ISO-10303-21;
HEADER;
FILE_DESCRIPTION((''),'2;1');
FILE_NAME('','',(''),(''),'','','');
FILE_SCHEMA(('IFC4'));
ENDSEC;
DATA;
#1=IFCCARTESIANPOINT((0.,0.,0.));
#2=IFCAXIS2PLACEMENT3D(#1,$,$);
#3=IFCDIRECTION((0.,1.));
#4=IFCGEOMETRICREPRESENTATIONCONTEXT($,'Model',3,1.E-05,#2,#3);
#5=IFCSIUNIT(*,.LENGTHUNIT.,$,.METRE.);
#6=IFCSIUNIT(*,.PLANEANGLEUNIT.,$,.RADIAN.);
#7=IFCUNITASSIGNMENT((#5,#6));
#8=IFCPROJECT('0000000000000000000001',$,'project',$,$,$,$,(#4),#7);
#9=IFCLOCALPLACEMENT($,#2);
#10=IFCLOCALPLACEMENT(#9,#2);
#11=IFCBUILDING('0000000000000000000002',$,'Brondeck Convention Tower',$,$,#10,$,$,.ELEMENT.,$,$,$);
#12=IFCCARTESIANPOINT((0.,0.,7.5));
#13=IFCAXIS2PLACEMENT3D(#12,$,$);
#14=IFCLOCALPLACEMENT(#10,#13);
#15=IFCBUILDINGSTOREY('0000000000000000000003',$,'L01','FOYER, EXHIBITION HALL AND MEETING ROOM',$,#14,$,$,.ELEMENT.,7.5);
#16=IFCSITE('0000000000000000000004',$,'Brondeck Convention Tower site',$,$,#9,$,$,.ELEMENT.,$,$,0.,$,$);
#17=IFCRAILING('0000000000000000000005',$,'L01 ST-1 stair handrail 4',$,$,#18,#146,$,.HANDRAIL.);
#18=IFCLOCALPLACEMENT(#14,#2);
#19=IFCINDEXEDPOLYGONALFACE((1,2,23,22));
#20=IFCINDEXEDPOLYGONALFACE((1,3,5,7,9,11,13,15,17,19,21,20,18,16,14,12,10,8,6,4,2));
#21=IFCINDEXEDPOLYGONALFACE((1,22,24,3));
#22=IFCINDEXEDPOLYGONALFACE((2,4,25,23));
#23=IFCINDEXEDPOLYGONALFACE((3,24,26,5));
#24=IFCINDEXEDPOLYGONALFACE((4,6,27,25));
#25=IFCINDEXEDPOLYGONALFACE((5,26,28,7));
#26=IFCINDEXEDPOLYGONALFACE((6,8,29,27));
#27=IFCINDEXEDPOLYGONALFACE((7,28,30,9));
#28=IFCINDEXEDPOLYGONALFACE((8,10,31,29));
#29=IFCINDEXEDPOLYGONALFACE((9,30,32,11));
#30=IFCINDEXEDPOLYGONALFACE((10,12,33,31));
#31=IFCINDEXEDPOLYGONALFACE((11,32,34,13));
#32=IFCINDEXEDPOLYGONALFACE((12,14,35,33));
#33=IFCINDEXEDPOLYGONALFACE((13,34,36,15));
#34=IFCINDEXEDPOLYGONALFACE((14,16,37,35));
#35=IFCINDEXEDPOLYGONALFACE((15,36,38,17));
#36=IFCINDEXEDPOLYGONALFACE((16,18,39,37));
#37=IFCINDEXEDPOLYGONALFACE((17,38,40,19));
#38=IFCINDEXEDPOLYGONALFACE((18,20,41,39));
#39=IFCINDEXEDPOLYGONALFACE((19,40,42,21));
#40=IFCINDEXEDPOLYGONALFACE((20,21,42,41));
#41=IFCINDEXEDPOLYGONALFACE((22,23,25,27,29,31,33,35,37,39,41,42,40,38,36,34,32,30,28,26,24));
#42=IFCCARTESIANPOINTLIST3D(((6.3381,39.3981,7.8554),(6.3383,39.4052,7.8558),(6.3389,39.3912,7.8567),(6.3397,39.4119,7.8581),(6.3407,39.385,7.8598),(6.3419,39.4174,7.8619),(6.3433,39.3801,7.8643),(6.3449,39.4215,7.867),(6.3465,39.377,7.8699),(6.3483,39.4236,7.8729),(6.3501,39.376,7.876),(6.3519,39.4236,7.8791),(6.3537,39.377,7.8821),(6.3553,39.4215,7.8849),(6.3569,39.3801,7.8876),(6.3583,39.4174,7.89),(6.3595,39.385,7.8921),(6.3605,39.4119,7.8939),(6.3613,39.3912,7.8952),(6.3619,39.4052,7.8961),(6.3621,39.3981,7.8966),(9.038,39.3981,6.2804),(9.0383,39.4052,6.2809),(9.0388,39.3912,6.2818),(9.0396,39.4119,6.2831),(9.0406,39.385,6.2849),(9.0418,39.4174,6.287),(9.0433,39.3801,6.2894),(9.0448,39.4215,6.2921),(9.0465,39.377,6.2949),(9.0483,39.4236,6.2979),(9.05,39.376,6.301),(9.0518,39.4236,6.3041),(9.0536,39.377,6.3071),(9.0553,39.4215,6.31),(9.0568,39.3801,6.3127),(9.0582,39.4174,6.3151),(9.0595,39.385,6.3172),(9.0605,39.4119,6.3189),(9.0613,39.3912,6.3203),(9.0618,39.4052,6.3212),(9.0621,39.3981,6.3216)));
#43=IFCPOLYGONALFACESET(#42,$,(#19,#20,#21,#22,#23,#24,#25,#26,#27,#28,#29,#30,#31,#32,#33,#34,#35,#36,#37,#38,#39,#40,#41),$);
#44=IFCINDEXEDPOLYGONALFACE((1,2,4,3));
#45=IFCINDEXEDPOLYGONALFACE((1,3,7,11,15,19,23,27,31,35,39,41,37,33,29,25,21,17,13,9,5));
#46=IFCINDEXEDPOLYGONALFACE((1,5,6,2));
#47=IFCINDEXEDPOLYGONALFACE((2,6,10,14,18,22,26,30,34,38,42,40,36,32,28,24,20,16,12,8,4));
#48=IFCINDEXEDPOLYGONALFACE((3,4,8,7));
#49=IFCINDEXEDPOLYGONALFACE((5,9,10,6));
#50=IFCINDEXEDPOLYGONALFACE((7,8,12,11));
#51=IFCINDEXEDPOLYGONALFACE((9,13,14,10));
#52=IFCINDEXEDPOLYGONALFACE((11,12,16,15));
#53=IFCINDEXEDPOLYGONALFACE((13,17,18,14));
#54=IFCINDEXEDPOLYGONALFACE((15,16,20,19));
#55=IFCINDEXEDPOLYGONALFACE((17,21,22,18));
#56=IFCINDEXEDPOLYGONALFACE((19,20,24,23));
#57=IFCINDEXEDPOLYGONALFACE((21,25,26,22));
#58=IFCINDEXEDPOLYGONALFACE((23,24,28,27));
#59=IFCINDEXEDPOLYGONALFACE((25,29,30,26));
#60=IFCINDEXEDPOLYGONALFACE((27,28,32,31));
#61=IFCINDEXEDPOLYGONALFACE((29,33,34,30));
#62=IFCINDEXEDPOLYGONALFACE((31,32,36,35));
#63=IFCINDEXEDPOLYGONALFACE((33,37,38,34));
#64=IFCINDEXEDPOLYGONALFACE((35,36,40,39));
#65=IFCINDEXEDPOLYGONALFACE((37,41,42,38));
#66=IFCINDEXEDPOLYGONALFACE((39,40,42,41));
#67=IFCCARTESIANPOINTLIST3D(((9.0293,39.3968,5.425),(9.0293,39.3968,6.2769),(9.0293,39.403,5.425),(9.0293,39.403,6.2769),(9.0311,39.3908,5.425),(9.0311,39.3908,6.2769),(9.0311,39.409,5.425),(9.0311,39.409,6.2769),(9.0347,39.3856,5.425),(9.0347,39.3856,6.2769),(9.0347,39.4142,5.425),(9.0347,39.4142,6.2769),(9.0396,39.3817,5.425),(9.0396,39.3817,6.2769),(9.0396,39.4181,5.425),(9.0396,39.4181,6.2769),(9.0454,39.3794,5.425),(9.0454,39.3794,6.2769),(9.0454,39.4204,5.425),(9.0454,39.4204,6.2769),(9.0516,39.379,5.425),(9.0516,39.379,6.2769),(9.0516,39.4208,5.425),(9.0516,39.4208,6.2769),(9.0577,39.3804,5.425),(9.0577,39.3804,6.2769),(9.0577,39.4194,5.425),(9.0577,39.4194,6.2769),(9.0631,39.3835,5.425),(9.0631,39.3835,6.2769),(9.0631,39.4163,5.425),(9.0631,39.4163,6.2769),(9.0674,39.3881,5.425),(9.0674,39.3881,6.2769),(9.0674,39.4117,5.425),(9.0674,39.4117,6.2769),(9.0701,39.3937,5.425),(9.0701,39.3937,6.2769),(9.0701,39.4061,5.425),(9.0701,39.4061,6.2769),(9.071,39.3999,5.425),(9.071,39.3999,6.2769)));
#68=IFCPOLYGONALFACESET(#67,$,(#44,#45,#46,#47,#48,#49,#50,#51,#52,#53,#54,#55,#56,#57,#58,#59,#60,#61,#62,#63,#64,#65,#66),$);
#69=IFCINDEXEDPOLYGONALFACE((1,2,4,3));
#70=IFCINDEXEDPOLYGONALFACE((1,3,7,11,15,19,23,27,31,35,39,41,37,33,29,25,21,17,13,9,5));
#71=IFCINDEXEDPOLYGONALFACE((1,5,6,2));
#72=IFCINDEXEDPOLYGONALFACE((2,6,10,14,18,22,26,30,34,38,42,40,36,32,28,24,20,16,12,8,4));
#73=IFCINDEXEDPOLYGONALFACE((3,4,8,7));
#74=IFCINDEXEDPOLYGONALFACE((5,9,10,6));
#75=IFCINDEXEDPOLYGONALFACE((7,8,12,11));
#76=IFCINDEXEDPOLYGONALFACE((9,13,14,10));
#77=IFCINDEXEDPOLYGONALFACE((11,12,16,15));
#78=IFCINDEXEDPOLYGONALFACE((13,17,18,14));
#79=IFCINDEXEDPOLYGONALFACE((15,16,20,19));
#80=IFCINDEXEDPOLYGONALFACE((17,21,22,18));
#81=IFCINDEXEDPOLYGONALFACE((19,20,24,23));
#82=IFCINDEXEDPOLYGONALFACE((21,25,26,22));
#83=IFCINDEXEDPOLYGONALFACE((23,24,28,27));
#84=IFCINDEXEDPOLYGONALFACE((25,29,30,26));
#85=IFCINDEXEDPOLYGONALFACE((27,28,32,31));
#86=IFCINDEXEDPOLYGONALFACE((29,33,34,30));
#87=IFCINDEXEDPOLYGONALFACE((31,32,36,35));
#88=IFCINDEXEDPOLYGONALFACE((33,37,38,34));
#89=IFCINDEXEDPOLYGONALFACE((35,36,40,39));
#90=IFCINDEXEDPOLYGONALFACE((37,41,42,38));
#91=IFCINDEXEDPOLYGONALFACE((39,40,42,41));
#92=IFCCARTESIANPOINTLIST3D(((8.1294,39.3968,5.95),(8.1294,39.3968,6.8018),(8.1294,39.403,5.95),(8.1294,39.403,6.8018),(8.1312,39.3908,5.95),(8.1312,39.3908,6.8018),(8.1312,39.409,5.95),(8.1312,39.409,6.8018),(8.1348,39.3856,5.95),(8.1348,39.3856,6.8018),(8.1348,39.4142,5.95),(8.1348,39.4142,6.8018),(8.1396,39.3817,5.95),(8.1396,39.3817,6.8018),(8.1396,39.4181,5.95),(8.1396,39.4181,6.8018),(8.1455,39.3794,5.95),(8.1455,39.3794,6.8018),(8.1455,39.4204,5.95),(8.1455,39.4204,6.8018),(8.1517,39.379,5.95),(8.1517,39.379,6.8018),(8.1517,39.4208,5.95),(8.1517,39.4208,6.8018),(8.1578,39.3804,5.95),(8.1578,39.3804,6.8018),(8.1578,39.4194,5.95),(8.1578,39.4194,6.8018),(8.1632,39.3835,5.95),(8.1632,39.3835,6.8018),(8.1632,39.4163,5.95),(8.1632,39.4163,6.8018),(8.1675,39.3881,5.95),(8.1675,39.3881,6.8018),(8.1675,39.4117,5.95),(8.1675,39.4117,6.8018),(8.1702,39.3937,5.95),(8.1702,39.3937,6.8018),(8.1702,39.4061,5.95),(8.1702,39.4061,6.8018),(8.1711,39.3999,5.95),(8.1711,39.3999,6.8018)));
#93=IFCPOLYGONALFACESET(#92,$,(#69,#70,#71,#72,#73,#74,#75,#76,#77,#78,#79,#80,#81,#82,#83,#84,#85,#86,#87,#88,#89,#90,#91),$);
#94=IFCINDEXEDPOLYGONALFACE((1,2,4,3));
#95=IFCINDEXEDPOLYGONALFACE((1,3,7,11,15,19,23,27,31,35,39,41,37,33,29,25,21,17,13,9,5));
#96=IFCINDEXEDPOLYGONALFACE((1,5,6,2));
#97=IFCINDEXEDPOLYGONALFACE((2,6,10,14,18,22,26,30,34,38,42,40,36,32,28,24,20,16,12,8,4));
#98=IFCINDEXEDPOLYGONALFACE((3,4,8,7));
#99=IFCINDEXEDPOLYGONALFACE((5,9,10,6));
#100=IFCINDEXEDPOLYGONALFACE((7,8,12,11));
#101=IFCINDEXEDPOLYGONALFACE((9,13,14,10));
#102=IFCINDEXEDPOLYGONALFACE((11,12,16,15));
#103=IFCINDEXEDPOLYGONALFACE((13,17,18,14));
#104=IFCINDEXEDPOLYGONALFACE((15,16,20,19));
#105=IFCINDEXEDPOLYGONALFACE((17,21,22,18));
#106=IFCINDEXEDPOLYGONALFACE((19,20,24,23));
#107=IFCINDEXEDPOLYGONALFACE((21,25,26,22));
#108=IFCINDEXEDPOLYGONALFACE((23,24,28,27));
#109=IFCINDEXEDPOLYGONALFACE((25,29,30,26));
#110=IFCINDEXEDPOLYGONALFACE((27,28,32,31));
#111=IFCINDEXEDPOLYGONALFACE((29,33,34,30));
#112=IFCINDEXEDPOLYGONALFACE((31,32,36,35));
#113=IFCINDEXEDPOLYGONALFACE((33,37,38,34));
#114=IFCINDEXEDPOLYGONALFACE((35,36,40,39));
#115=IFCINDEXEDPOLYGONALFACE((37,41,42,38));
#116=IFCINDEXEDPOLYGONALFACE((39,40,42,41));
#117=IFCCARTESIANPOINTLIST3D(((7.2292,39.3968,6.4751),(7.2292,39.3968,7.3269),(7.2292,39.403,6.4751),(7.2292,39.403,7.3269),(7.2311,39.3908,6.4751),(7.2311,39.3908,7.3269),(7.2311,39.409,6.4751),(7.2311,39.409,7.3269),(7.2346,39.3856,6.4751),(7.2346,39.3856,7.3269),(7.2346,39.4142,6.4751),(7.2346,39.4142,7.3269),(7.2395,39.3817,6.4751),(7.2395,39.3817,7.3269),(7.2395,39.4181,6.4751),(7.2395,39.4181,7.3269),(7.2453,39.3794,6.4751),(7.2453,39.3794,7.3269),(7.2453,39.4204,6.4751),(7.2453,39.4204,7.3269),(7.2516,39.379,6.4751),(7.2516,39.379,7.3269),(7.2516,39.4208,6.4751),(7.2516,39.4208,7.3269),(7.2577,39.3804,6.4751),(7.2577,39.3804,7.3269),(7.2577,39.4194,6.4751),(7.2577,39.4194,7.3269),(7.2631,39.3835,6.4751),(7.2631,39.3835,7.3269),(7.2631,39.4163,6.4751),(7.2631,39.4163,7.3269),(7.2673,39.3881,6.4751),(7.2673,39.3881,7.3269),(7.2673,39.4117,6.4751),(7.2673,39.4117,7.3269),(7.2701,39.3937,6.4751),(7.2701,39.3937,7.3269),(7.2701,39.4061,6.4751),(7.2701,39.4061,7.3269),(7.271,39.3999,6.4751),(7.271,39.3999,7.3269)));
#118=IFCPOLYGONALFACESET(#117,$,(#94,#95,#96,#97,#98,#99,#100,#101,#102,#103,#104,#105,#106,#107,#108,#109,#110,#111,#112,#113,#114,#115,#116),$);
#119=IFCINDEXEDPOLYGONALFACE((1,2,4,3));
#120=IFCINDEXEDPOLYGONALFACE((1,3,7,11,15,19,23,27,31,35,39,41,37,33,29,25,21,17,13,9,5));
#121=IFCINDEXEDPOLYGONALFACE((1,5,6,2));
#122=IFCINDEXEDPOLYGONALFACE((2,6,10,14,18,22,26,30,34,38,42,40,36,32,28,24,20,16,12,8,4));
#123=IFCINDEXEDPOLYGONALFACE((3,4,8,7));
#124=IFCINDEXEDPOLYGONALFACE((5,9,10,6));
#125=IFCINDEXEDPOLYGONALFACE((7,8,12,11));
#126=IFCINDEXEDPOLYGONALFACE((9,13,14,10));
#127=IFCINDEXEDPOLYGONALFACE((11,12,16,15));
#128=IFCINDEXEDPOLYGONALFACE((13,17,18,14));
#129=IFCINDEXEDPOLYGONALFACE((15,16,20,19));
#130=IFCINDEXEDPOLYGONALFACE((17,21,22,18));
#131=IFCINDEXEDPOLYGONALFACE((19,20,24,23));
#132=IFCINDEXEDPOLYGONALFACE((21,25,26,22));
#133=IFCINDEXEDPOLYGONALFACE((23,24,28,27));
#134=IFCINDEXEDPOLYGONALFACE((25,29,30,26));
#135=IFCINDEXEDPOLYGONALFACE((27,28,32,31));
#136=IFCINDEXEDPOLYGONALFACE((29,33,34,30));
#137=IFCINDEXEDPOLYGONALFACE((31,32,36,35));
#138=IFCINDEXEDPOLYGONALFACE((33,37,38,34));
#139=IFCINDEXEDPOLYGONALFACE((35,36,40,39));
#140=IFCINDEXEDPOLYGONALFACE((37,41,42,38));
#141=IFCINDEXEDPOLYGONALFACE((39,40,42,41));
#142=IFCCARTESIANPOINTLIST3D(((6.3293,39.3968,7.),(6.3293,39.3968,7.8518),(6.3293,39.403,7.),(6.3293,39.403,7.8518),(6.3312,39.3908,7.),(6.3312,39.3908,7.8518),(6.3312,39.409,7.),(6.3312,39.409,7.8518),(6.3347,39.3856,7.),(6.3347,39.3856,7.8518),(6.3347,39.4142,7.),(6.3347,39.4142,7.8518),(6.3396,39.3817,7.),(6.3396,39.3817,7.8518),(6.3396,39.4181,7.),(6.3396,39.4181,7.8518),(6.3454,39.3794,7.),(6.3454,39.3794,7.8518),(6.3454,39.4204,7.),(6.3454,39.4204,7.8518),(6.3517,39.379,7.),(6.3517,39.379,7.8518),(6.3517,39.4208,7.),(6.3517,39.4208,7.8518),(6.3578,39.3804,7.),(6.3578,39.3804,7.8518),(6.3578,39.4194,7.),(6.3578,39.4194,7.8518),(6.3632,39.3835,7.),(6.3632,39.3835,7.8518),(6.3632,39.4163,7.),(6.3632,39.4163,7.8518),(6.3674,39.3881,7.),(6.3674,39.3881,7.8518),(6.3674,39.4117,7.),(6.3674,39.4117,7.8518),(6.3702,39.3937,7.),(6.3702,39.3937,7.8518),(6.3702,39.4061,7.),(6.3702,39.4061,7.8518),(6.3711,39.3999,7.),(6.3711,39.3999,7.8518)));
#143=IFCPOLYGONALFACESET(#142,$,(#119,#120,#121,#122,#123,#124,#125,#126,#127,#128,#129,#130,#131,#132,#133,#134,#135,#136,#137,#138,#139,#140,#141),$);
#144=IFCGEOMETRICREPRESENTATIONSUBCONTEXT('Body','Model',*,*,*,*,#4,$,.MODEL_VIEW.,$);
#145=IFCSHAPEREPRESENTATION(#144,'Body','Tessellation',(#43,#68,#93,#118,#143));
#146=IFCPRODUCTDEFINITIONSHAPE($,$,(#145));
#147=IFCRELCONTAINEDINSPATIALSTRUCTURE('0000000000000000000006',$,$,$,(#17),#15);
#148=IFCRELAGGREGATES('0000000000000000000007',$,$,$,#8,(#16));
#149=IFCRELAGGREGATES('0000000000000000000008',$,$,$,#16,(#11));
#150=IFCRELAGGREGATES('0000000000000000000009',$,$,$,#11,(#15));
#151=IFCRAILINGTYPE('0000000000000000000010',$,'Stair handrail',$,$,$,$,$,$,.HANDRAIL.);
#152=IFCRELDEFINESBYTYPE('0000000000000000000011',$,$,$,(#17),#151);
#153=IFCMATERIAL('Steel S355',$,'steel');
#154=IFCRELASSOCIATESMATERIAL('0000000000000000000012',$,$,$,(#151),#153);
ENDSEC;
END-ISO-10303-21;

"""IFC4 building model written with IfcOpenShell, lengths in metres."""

from ifc_helpers import new_model, si_unit, direction, frame, origin, origin_2d, place, context, subcontext, project, spatial, circle, extrude, material, type_object, element, save


model = new_model("IFC4")

# Units and contexts
model_context = context("Model", 3, precision=1e-05, world=origin(), true_north=direction((0.0, 1.0)))
body_context = subcontext(model_context, "Body", "Model", "MODEL_VIEW")
ifc_project = project(units=[si_unit("LENGTHUNIT", "METRE"), si_unit("PLANEANGLEUNIT", "RADIAN")], contexts=[model_context])

# Site, building, storey
site_placement = place(None, origin())
site = spatial("IfcSite", under=ifc_project, at=site_placement, Name="Brondeck Convention Tower site", CompositionType="ELEMENT", RefElevation=0.0)
building_placement = place(site_placement, origin())
building = spatial("IfcBuilding", under=site, at=building_placement, Name="Brondeck Convention Tower", CompositionType="ELEMENT")
storey_placement = place(building_placement, frame((0.0, 0.0, 7.5)))
storey = spatial("IfcBuildingStorey", under=building, at=storey_placement, Name="L01", Description="FOYER, EXHIBITION HALL AND MEETING ROOM", CompositionType="ELEMENT", Elevation=7.5)

# Railing
ifc_material_1 = material(Name="Steel S355", Category="steel")
railing_type = type_object("IfcRailingType", Name="Stair handrail", PredefinedType="HANDRAIL", material=ifc_material_1)
railing_placement = place(storey_placement, frame((9.05, 39.3999, 5.425)))
element("IfcRailing", 1, at=railing_placement, inside=storey, type_object=railing_type, Name="L01 ST-1 stair handrail 4", PredefinedType="HANDRAIL", context=body_context, shape_type="SweptSolid", body=[
    extrude(circle(Radius=0.0239, at=origin_2d()), frame((0.0, 0.0, 0.876), z_axis=(-0.863782, 0.0, 0.503866), x_axis=(0.0, -1.0, 0.0)), (0.0, 0.0, 1.0), 3.1257),
    extrude(circle(Radius=0.021, at=origin_2d()), origin(), (0.0, 0.0, 1.0), 0.8518),
    extrude(circle(Radius=0.021, at=origin_2d()), frame((-0.8999, 0.0, 0.5249)), (0.0, 0.0, 1.0), 0.8518),
    extrude(circle(Radius=0.021, at=origin_2d()), frame((-1.8, 0.0, 1.05)), (0.0, 0.0, 1.0), 0.8518),
    extrude(circle(Radius=0.021, at=origin_2d()), frame((-2.7, 0.0, 1.575)), (0.0, 0.0, 1.0), 0.8518),
])

save(model, "model.ifc")
